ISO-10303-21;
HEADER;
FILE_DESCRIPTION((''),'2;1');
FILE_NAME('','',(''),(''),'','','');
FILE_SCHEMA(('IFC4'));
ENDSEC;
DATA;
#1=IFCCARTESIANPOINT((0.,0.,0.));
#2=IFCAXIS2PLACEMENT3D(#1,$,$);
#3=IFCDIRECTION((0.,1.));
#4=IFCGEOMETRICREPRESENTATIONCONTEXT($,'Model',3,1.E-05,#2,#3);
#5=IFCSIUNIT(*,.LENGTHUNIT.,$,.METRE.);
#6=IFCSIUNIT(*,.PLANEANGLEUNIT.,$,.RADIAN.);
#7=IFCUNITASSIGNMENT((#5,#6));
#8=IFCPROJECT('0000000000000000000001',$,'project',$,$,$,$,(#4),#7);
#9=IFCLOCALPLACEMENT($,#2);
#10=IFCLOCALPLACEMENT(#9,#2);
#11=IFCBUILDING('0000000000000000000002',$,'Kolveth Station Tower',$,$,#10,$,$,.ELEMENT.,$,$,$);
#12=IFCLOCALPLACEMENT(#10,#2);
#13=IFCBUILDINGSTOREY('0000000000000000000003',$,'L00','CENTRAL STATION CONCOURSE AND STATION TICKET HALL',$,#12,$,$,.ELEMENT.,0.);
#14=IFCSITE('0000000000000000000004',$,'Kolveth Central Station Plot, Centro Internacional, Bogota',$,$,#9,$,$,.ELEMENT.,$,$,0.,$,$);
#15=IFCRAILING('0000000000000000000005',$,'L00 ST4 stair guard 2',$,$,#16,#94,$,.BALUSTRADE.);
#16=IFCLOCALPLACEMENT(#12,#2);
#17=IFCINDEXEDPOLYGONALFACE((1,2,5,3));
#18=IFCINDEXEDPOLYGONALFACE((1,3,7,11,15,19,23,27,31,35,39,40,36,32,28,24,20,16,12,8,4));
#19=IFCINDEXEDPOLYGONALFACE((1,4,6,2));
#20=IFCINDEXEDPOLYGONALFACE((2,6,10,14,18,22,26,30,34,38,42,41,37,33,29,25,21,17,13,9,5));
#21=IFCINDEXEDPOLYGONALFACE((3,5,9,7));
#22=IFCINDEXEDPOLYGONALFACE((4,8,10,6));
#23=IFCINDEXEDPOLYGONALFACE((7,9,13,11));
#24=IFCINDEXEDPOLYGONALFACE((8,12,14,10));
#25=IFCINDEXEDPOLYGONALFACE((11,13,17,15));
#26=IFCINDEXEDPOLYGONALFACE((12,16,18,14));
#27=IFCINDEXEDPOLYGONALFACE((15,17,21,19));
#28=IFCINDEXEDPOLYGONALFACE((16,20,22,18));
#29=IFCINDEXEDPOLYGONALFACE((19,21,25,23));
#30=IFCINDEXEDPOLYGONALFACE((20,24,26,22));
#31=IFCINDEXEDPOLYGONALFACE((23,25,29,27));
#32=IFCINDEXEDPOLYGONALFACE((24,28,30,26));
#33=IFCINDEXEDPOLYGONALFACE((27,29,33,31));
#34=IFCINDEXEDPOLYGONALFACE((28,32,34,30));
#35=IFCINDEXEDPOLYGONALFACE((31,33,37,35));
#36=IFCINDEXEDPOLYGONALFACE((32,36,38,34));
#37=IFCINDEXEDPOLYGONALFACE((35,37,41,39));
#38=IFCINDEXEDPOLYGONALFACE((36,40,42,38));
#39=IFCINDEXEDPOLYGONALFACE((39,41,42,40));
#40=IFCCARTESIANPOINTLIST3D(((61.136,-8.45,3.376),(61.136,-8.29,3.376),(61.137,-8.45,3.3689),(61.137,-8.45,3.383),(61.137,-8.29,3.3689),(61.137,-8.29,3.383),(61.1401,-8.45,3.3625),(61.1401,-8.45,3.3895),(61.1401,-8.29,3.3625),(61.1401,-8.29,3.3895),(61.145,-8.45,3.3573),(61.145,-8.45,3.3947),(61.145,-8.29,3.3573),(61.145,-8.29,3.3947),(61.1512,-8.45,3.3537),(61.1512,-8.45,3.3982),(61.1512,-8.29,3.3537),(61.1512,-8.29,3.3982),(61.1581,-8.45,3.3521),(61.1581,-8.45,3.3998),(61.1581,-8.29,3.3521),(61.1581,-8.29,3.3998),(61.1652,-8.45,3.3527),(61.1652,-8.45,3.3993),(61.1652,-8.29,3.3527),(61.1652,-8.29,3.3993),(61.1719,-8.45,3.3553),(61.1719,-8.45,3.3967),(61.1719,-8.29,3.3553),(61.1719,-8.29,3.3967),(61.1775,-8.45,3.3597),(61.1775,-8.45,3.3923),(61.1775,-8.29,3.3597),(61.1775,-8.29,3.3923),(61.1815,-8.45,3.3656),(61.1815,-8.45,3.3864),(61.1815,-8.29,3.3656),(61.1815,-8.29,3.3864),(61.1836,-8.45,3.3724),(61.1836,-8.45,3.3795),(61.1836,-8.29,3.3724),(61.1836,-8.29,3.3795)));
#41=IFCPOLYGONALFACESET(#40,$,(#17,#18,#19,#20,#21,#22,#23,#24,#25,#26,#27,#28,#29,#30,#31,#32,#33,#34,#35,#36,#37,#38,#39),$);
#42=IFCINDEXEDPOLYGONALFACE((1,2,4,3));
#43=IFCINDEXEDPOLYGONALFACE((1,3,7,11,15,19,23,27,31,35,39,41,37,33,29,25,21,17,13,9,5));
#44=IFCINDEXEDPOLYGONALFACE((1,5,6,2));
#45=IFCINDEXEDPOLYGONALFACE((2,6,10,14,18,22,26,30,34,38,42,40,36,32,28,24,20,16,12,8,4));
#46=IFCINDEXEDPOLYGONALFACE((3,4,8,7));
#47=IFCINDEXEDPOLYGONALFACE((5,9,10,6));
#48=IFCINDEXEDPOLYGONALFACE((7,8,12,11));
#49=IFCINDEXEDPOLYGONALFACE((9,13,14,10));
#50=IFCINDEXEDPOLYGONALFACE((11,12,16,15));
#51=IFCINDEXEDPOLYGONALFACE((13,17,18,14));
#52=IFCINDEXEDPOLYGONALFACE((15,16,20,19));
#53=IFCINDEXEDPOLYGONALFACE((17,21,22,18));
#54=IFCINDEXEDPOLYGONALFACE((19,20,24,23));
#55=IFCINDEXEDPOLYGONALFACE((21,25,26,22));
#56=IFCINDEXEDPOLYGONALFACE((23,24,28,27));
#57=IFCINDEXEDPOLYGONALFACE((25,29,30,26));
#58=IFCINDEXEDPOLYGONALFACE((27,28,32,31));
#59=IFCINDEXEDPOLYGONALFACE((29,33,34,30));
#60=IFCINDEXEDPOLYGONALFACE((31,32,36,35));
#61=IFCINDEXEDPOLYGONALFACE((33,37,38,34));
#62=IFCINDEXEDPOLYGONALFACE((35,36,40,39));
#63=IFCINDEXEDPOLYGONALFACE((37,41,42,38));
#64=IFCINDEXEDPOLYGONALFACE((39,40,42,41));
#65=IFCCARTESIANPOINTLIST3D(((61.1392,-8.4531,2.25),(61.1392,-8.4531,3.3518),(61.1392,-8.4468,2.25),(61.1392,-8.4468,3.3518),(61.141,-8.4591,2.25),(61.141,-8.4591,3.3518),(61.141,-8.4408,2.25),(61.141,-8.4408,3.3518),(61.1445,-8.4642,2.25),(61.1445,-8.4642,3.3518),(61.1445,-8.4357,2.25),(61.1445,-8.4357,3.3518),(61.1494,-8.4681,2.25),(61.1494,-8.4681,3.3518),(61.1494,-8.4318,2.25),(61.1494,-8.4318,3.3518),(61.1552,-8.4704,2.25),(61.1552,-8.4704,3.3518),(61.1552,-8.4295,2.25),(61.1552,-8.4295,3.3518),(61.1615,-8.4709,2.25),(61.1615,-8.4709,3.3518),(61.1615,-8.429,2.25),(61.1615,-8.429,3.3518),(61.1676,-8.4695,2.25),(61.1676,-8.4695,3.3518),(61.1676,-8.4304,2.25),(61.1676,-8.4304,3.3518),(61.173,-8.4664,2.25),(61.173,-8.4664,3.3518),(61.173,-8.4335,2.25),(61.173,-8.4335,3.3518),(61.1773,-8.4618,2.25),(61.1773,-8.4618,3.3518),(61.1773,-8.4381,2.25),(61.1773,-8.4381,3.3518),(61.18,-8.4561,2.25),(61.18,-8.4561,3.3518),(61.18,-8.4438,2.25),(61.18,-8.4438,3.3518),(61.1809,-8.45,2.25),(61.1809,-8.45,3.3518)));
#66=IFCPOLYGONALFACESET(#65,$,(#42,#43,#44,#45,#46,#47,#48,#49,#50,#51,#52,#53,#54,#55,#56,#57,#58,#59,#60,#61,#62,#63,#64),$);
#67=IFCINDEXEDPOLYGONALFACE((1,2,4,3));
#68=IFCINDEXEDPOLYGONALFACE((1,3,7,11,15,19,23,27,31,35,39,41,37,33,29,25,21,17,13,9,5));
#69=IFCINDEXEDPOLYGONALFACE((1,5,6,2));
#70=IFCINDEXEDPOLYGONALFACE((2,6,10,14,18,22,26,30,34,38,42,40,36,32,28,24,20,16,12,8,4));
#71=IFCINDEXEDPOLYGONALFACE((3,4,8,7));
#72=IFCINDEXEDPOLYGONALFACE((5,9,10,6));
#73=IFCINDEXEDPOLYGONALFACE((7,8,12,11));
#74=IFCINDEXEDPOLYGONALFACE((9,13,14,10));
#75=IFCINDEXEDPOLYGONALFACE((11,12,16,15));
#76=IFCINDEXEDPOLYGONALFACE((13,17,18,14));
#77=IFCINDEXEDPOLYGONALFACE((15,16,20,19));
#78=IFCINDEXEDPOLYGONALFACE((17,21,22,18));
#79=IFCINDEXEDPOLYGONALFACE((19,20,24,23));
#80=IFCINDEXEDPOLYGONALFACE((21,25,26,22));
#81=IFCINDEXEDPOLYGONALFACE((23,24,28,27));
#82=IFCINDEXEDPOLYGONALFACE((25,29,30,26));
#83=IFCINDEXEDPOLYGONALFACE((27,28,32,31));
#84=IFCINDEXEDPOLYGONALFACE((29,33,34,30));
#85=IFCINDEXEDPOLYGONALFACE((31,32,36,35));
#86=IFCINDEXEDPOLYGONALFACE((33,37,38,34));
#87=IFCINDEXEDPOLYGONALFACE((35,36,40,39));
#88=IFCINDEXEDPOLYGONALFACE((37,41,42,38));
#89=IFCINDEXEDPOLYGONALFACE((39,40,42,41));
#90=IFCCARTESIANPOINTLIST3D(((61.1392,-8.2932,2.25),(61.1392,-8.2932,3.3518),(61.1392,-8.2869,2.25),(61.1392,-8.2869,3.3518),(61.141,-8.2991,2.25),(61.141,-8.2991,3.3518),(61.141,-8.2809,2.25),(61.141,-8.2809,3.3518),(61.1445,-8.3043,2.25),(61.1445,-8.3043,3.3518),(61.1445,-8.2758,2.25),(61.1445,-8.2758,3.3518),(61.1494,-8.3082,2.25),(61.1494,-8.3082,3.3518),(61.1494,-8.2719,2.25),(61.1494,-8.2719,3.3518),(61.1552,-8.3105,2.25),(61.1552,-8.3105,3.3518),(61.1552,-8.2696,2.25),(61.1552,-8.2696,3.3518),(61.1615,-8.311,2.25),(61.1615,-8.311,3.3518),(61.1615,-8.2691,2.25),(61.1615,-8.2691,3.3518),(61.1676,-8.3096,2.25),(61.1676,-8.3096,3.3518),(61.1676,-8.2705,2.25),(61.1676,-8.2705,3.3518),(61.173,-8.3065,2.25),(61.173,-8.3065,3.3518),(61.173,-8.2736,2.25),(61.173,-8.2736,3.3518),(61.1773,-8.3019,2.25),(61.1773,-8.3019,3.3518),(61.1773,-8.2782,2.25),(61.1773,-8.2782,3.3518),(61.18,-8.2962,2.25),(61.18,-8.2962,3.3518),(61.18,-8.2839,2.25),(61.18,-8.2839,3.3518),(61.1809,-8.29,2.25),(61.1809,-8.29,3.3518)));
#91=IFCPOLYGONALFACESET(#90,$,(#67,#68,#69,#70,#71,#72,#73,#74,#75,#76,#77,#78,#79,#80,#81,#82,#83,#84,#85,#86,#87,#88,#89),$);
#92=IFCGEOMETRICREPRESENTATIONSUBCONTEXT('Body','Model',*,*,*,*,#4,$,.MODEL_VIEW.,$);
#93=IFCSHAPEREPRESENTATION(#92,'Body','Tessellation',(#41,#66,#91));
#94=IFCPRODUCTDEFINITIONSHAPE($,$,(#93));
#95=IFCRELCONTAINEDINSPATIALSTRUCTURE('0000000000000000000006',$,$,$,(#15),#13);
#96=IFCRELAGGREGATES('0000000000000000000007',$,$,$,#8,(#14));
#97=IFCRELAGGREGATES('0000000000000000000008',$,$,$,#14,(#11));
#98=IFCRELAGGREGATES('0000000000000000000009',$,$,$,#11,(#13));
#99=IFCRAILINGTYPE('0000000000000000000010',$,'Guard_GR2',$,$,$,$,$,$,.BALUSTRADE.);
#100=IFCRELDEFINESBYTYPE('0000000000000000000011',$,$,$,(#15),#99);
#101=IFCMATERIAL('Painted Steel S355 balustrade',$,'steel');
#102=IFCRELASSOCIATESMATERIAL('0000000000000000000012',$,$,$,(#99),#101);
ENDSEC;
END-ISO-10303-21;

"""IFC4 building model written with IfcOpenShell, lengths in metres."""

from ifc_helpers import new_model, si_unit, direction, frame, origin, origin_2d, place, context, subcontext, project, spatial, circle, extrude, material, type_object, element, save


model = new_model("IFC4")

# Units and contexts
model_context = context("Model", 3, precision=1e-05, world=origin(), true_north=direction((0.0, 1.0)))
body_context = subcontext(model_context, "Body", "Model", "MODEL_VIEW")
ifc_project = project(units=[si_unit("LENGTHUNIT", "METRE"), si_unit("PLANEANGLEUNIT", "RADIAN")], contexts=[model_context])

# Site, building, storey
site_placement = place(None, origin())
site = spatial("IfcSite", under=ifc_project, at=site_placement, Name="Kolveth Central Station Plot, Centro Internacional, Bogota", CompositionType="ELEMENT", RefElevation=0.0)
building_placement = place(site_placement, origin())
building = spatial("IfcBuilding", under=site, at=building_placement, Name="Kolveth Station Tower", CompositionType="ELEMENT")
storey_placement = place(building_placement, origin())
storey = spatial("IfcBuildingStorey", under=building, at=storey_placement, Name="L00", Description="CENTRAL STATION CONCOURSE AND STATION TICKET HALL", CompositionType="ELEMENT", Elevation=0.0)

# Railing
ifc_material_1 = material(Name="Painted Steel S355 balustrade", Category="steel")
railing_type_1 = type_object("IfcRailingType", Name="Guard_GR2", PredefinedType="BALUSTRADE", material=ifc_material_1)
railing_1_placement = place(storey_placement, frame((61.1599, -8.45, 2.25)))
element("IfcRailing", 1, at=railing_1_placement, inside=storey, type_object=railing_type_1, Name="L00 ST4 stair guard 2", PredefinedType="BALUSTRADE", context=body_context, shape_type="SweptSolid", body=[
    extrude(circle(Radius=0.0239, at=origin_2d()), frame((0.0, 0.0, 1.126), z_axis=(0.0, 1.0, 0.0), x_axis=(-1.0, 0.0, 0.0)), (0.0, 0.0, 1.0), 0.1599),
    extrude(circle(Radius=0.021, at=origin_2d()), origin(), (0.0, 0.0, 1.0), 1.1018),
    extrude(circle(Radius=0.021, at=origin_2d()), frame((0.0, 0.1599, 0.0)), (0.0, 0.0, 1.0), 1.1018),
])

save(model, "model.ifc")
